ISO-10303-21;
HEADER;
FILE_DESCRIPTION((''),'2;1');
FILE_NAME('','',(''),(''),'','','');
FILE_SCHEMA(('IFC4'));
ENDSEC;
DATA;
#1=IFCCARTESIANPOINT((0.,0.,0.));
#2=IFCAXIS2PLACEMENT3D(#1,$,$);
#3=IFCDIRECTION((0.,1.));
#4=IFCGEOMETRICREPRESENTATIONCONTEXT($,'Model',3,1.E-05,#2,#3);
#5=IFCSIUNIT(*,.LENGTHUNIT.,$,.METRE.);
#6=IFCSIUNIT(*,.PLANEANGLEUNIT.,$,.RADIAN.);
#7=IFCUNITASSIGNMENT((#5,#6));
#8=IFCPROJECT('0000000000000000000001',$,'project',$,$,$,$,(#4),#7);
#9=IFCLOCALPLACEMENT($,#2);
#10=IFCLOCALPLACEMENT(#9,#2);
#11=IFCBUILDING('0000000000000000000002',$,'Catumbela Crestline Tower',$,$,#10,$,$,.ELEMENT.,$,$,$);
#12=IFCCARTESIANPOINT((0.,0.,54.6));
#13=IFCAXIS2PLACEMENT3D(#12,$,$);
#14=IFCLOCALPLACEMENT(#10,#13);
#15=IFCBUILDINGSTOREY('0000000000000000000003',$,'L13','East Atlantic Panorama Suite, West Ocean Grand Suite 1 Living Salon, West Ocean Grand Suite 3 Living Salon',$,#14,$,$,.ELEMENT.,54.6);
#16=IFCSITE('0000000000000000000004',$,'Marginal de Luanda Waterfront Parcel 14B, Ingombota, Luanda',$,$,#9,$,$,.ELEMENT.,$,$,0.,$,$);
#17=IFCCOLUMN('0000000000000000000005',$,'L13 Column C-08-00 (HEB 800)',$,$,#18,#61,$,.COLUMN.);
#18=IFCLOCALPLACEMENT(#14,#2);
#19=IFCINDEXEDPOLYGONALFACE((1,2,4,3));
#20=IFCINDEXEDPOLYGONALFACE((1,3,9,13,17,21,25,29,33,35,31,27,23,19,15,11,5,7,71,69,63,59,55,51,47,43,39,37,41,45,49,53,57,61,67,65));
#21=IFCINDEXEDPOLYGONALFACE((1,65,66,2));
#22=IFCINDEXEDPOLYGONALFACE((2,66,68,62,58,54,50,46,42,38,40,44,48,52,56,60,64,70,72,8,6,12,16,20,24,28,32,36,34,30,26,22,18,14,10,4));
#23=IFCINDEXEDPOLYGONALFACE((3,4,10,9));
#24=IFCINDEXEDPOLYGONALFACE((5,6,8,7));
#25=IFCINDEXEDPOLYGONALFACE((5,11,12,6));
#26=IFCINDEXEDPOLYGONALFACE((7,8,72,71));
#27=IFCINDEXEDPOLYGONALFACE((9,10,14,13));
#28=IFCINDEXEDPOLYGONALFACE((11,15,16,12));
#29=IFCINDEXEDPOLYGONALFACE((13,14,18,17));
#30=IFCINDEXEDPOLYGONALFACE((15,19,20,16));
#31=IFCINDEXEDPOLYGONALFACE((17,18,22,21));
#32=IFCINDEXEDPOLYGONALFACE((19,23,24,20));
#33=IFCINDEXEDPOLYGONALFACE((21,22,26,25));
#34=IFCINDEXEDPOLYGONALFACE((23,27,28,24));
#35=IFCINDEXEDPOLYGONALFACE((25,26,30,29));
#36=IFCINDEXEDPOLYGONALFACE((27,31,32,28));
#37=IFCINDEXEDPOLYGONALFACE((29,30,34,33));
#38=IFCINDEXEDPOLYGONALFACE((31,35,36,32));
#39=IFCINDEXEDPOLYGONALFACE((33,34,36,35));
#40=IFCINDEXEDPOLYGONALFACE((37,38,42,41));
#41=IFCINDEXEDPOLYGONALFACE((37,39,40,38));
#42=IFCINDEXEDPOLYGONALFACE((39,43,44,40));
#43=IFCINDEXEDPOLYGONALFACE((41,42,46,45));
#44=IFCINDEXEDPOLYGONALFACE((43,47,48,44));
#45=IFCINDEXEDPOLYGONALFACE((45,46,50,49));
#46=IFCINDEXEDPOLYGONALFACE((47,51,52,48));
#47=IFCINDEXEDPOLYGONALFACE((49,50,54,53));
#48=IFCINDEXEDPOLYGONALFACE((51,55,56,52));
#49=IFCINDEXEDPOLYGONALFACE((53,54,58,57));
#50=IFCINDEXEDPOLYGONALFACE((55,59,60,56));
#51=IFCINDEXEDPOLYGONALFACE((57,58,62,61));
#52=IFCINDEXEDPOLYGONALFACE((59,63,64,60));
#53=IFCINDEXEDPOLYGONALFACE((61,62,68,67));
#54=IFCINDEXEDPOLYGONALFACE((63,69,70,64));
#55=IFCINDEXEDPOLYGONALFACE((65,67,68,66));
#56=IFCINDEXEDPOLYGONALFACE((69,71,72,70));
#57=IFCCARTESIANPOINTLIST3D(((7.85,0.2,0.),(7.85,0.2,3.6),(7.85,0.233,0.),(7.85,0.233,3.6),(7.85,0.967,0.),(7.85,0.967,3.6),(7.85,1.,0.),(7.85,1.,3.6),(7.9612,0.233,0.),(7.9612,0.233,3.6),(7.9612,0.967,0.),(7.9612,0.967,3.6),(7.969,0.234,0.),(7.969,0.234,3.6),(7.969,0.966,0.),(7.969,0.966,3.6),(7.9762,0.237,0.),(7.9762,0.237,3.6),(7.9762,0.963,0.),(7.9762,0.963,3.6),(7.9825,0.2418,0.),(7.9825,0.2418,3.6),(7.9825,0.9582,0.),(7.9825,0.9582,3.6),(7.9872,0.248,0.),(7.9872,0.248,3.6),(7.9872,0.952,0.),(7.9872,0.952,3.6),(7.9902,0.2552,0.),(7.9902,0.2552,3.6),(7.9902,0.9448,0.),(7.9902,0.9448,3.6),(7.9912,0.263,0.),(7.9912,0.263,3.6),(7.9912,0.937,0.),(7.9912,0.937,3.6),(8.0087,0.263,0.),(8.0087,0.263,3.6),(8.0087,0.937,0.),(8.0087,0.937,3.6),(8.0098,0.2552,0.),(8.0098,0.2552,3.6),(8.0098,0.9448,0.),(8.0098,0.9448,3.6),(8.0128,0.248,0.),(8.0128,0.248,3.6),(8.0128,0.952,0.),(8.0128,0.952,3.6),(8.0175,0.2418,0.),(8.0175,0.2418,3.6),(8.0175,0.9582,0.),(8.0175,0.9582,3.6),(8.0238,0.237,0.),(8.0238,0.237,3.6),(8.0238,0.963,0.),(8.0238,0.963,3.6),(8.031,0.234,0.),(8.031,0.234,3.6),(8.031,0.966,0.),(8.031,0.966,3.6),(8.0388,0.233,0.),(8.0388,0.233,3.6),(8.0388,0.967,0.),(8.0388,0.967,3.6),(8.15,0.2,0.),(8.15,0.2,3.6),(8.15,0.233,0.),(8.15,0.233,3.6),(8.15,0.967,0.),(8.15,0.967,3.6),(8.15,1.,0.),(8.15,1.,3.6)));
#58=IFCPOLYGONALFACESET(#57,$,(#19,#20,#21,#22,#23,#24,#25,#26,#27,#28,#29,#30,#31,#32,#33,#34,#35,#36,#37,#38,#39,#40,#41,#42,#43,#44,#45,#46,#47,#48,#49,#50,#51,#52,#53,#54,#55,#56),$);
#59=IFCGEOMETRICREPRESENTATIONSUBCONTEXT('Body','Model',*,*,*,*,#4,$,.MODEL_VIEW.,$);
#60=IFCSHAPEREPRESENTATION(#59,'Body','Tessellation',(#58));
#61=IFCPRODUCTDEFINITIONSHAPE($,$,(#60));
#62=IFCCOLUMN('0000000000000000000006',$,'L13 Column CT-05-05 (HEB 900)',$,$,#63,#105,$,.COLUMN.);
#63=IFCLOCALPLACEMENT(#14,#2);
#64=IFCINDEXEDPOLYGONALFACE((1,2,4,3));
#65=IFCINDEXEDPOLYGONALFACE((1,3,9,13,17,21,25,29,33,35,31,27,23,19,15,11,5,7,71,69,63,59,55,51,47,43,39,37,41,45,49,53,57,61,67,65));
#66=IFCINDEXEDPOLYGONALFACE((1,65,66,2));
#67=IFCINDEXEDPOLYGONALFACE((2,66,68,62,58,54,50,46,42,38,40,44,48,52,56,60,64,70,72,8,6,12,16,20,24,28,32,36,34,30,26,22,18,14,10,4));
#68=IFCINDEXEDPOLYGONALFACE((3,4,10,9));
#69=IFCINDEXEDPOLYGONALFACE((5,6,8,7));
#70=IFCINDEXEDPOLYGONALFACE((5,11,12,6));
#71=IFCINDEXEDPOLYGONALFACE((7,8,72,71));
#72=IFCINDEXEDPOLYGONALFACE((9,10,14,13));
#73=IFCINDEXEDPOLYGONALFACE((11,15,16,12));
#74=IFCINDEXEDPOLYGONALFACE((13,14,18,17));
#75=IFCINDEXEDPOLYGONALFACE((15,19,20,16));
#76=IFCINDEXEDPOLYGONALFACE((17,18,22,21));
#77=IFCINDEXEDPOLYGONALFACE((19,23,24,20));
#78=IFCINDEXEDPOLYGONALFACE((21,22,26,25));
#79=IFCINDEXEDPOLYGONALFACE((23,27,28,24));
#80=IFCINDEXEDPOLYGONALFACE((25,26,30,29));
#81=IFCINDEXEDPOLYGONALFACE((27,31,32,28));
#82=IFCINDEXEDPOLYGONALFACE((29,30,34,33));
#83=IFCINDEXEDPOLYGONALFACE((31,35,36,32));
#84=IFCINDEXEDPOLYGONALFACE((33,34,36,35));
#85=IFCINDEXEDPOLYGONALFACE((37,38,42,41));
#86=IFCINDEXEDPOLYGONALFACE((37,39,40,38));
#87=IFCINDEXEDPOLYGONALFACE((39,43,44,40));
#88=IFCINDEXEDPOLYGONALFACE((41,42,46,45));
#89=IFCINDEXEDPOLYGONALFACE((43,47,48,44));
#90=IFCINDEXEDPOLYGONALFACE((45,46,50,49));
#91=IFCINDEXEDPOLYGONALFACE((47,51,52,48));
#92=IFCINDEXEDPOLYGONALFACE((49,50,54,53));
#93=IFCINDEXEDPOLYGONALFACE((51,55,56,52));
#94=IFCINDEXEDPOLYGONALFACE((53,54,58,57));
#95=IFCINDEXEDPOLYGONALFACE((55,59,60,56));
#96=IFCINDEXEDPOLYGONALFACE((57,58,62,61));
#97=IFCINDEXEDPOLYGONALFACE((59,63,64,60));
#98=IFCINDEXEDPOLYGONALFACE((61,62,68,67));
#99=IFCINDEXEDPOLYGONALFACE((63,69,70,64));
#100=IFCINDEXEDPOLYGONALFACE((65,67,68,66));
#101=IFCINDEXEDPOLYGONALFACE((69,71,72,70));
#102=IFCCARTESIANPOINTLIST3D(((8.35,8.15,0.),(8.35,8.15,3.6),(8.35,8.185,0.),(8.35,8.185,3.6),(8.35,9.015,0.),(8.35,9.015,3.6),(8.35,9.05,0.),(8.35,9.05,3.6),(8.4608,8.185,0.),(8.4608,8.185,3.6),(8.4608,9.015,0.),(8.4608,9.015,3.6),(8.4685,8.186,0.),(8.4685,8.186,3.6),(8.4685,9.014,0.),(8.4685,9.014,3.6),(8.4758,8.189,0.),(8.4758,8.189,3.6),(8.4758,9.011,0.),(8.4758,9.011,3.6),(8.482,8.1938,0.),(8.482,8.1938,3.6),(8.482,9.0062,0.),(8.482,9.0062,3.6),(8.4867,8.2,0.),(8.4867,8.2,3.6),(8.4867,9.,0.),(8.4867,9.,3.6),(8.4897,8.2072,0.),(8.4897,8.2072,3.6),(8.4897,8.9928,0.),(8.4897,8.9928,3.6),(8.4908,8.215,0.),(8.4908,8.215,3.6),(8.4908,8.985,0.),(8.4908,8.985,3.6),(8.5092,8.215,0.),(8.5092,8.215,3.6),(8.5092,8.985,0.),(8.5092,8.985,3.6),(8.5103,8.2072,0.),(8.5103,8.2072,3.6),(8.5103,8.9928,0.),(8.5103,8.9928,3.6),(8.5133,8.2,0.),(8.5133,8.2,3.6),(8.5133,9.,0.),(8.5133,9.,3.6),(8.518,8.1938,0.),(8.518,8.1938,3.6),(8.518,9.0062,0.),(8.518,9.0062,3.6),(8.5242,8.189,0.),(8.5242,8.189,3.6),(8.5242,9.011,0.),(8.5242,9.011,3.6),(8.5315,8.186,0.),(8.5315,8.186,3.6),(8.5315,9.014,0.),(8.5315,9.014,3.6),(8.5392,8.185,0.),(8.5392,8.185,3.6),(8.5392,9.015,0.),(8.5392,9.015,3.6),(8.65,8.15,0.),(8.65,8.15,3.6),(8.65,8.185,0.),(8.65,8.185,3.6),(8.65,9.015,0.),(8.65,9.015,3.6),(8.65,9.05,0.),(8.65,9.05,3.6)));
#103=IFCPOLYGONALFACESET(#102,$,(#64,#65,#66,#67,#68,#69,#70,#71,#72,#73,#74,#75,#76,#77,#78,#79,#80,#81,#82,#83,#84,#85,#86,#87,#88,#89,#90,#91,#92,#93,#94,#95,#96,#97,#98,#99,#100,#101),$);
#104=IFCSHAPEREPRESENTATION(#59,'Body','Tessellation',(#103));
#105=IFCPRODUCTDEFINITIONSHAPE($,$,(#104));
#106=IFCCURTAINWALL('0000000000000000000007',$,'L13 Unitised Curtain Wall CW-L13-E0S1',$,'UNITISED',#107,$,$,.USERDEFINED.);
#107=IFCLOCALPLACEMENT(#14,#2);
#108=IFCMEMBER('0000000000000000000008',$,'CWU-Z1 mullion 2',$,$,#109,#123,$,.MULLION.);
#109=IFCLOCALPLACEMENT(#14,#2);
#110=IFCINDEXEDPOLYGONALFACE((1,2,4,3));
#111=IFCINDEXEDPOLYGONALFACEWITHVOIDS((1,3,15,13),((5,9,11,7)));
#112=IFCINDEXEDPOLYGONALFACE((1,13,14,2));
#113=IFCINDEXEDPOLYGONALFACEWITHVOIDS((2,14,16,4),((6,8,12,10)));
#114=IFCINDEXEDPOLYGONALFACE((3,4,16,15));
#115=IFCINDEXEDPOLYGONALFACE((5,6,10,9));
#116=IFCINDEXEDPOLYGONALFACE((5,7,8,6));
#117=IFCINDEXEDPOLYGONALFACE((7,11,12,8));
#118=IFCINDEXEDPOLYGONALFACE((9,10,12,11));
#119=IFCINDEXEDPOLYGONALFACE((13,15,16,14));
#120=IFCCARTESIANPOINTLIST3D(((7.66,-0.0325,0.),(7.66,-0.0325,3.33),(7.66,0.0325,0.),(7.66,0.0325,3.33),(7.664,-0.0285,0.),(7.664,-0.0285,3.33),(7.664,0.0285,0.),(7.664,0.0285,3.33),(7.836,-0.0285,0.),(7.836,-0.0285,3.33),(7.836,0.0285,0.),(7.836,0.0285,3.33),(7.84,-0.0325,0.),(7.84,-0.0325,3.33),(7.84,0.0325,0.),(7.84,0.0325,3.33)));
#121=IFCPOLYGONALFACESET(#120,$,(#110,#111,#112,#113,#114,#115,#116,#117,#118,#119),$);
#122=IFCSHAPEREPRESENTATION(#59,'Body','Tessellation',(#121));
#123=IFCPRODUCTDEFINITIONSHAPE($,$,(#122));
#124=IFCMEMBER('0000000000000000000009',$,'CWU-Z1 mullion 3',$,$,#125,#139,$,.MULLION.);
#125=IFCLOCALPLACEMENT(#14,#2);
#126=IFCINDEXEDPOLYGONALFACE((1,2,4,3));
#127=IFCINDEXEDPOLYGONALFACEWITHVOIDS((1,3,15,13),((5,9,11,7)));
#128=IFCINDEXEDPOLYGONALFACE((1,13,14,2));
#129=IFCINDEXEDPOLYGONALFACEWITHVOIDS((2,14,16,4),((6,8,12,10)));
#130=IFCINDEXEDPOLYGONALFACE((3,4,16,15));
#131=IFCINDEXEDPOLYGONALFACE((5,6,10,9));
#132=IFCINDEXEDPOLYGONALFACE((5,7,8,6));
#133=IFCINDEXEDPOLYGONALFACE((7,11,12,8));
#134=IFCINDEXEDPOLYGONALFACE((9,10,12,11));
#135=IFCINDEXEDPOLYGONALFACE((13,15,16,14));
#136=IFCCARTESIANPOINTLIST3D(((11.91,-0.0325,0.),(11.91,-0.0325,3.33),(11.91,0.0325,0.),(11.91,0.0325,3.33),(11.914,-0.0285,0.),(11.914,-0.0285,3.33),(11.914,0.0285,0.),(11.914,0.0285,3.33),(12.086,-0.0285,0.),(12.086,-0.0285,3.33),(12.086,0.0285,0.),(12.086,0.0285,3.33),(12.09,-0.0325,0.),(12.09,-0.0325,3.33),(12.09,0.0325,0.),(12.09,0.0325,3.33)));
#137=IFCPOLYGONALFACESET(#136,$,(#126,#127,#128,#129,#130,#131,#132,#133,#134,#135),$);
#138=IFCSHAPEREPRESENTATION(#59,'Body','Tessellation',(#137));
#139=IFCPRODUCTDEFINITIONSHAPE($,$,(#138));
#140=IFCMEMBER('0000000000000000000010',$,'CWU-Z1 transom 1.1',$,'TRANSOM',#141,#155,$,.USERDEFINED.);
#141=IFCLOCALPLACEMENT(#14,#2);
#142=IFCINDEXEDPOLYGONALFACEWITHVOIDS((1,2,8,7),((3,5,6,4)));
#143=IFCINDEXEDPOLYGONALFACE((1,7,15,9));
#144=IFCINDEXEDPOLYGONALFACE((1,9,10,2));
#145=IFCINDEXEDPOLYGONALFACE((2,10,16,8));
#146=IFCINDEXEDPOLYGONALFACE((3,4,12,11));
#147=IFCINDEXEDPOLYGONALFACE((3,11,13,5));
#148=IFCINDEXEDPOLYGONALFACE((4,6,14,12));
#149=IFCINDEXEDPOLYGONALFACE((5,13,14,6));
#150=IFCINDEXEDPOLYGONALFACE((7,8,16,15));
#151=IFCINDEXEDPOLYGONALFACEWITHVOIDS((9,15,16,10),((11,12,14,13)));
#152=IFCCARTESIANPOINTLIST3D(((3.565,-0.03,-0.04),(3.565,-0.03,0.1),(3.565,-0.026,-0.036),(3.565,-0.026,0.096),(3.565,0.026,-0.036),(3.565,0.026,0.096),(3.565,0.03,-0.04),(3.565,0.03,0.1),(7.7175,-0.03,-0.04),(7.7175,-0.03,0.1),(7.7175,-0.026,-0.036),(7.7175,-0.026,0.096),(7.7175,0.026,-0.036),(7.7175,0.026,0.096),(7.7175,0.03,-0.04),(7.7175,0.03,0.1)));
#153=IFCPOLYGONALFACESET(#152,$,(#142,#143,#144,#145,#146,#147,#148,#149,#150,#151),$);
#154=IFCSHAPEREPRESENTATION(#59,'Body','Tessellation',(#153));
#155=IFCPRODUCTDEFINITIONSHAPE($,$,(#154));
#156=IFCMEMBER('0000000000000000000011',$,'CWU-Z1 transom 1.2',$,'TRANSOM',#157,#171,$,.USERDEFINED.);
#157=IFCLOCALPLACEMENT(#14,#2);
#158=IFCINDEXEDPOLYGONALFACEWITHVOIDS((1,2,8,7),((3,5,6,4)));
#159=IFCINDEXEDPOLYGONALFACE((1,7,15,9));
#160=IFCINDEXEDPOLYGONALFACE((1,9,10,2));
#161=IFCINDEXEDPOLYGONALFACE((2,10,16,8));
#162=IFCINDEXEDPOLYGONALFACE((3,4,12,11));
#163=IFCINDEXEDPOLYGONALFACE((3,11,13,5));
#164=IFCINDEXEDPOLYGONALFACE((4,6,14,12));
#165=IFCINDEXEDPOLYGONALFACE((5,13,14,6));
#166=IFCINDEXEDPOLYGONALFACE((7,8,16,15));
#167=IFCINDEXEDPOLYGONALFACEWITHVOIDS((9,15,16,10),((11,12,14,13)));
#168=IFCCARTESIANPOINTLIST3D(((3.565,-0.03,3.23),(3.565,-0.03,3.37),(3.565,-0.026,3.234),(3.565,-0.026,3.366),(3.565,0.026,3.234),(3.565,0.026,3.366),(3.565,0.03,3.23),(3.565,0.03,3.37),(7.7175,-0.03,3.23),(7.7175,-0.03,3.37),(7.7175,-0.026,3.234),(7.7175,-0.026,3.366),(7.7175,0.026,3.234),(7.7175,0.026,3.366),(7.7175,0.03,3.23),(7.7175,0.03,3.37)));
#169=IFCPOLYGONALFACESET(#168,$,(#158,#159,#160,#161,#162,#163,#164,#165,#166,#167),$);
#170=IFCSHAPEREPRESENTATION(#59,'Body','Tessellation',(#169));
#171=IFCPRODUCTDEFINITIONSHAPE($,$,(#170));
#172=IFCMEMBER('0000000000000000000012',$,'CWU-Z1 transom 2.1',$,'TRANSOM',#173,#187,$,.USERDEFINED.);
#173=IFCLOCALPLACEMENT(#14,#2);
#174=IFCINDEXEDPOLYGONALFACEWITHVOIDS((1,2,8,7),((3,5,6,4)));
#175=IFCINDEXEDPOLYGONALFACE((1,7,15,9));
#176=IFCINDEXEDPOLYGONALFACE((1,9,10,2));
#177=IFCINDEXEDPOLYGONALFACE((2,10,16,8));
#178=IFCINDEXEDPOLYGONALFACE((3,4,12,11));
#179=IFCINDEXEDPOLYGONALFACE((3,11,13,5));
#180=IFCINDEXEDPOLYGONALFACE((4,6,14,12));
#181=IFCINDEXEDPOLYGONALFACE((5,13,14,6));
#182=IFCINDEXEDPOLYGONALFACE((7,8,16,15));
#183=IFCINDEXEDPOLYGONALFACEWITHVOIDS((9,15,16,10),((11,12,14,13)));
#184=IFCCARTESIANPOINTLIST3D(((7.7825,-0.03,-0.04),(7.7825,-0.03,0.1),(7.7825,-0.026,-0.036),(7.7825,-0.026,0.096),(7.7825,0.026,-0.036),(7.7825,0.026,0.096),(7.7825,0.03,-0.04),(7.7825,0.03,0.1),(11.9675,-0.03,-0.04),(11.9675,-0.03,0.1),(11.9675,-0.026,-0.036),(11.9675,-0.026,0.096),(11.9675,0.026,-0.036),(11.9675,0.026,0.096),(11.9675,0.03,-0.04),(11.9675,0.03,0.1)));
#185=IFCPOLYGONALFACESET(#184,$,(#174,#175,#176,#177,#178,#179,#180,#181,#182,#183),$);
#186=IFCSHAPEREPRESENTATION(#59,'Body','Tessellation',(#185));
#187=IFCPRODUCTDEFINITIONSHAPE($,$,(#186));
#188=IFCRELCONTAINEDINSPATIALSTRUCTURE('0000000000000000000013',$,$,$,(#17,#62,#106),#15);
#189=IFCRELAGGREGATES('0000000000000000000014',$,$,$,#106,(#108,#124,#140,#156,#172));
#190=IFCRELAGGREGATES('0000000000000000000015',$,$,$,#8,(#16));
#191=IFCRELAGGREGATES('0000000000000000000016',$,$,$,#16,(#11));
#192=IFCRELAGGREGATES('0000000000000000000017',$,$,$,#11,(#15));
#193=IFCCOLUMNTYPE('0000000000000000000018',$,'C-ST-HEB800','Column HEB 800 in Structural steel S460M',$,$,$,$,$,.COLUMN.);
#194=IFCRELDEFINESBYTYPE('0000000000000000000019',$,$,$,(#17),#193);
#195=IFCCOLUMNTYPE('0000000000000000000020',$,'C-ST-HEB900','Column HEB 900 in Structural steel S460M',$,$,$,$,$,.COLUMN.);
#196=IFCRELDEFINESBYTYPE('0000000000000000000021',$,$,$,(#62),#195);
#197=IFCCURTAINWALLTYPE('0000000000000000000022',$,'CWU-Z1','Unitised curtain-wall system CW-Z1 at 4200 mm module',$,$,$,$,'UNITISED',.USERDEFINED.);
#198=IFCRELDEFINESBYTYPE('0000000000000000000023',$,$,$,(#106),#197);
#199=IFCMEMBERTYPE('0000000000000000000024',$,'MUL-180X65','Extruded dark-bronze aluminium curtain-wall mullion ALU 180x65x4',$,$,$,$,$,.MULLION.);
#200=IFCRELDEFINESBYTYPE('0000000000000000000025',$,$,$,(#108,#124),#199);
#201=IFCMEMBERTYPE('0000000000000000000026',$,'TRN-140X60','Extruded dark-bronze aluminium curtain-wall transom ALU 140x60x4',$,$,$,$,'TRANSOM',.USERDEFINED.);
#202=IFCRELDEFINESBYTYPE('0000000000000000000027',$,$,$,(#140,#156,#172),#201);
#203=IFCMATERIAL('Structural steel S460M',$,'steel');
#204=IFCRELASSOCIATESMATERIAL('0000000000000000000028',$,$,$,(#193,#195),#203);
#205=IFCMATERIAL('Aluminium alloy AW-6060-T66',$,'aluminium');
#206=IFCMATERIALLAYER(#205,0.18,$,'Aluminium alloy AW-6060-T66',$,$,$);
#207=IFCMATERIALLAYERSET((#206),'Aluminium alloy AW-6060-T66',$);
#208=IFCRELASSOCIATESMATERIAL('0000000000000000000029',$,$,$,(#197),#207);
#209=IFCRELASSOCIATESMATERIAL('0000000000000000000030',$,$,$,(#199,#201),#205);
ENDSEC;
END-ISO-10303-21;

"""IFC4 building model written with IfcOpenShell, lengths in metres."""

from ifc_helpers import new_model, si_unit, direction, frame, origin, origin_2d, place, context, subcontext, project, spatial, hollow_rectangle, i_section, extrude, material, layer, layer_set, material_profile, profile_set, type_object, element, aggregate, save


model = new_model("IFC4")

# Units and contexts
model_context = context("Model", 3, precision=1e-05, world=origin(), true_north=direction((0.0, 1.0)))
body_context = subcontext(model_context, "Body", "Model", "MODEL_VIEW")
ifc_project = project(units=[si_unit("LENGTHUNIT", "METRE"), si_unit("PLANEANGLEUNIT", "RADIAN")], contexts=[model_context])

# Site, building, storey
site_placement = place(None, origin())
site = spatial("IfcSite", under=ifc_project, at=site_placement, Name="Marginal de Luanda Waterfront Parcel 14B, Ingombota, Luanda", CompositionType="ELEMENT", RefElevation=0.0)
building_placement = place(site_placement, origin())
building = spatial("IfcBuilding", under=site, at=building_placement, Name="Catumbela Crestline Tower", CompositionType="ELEMENT")
storey_placement = place(building_placement, frame((0.0, 0.0, 54.6)))
storey = spatial("IfcBuildingStorey", under=building, at=storey_placement, Name="L13", Description="East Atlantic Panorama Suite, West Ocean Grand Suite 1 Living Salon, West Ocean Grand Suite 3 Living Salon", CompositionType="ELEMENT", Elevation=54.6)

# Columns
ifc_material_1 = material(Name="Structural steel S460M", Category="steel")
ifc_material_profile_1 = material_profile(ifc_material_1, i_section(OverallWidth=0.3, OverallDepth=0.8, WebThickness=0.0175, FlangeThickness=0.033, FilletRadius=0.03, at=origin_2d()), Name="HEB 800")
ifc_profile_set_1 = profile_set([ifc_material_profile_1], Name="Structural steel S460M")
column_type_1 = type_object("IfcColumnType", Name="C-ST-HEB800", Description="Column HEB 800 in Structural steel S460M", PredefinedType="COLUMN", material=ifc_profile_set_1)
column_1_placement = place(storey_placement, frame((8.0, 0.6, 0.0), z_axis=(0.0, 0.0, 1.0), x_axis=(1.0, 0.0, 0.0)))
element("IfcColumn", 1, at=column_1_placement, inside=storey, type_object=column_type_1, Name="L13 Column C-08-00 (HEB 800)", PredefinedType="COLUMN", context=body_context, shape_type="SweptSolid", body=[
    extrude(i_section(OverallWidth=0.3, OverallDepth=0.8, WebThickness=0.0175, FlangeThickness=0.033, FilletRadius=0.03, at=origin_2d()), origin(), (0.0, 0.0, 1.0), 3.6),
])
ifc_material_profile_2 = material_profile(ifc_material_1, i_section(OverallWidth=0.3, OverallDepth=0.9, WebThickness=0.0185, FlangeThickness=0.035, FilletRadius=0.03, at=origin_2d()), Name="HEB 900")
ifc_profile_set_2 = profile_set([ifc_material_profile_2], Name="Structural steel S460M")
column_type_2 = type_object("IfcColumnType", Name="C-ST-HEB900", Description="Column HEB 900 in Structural steel S460M", PredefinedType="COLUMN", material=ifc_profile_set_2)
column_2_placement = place(storey_placement, frame((8.5, 8.6, 0.0), z_axis=(0.0, 0.0, 1.0), x_axis=(1.0, 0.0, 0.0)))
element("IfcColumn", 2, at=column_2_placement, inside=storey, type_object=column_type_2, Name="L13 Column CT-05-05 (HEB 900)", PredefinedType="COLUMN", context=body_context, shape_type="SweptSolid", body=[
    extrude(i_section(OverallWidth=0.3, OverallDepth=0.9, WebThickness=0.0185, FlangeThickness=0.035, FilletRadius=0.03, at=origin_2d()), origin(), (0.0, 0.0, 1.0), 3.6),
])

# Curtain wall, members
ifc_material_2 = material(Name="Aluminium alloy AW-6060-T66", Category="aluminium")
ifc_layer_1 = layer(ifc_material_2, 0.18, Name="Aluminium alloy AW-6060-T66")
ifc_layer_set_1 = layer_set([ifc_layer_1], Name="Aluminium alloy AW-6060-T66")
curtain_wall_type = type_object("IfcCurtainWallType", Name="CWU-Z1", Description="Unitised curtain-wall system CW-Z1 at 4200 mm module", ElementType="UNITISED", PredefinedType="USERDEFINED", material=ifc_layer_set_1)
curtain_wall_placement = place(storey_placement, origin())
curtain_wall = element("IfcCurtainWall", 3, at=curtain_wall_placement, inside=storey, type_object=curtain_wall_type, Name="L13 Unitised Curtain Wall CW-L13-E0S1", ObjectType="UNITISED", PredefinedType="USERDEFINED")
ifc_material_profile_3 = material_profile(ifc_material_2, hollow_rectangle(XDim=0.065, YDim=0.18, WallThickness=0.004, at=origin_2d()), Name="ALU 180x65x4")
ifc_profile_set_3 = profile_set([ifc_material_profile_3], Name="Aluminium alloy AW-6060-T66")
member_type_1 = type_object("IfcMemberType", Name="MUL-180X65", Description="Extruded dark-bronze aluminium curtain-wall mullion ALU 180x65x4", PredefinedType="MULLION", material=ifc_profile_set_3)
member_1_placement = place(storey_placement, frame((7.75, 0.0, 0.0), z_axis=(0.0, 0.0, 1.0), x_axis=(0.0, 1.0, 0.0)))
member_1 = element("IfcMember", 4, at=member_1_placement, type_object=member_type_1, Name="CWU-Z1 mullion 2", PredefinedType="MULLION", context=body_context, shape_type="SweptSolid", body=[
    extrude(hollow_rectangle(XDim=0.065, YDim=0.18, WallThickness=0.004, at=origin_2d()), origin(), (0.0, 0.0, 1.0), 3.33),
])
member_2_placement = place(storey_placement, frame((12.0, 0.0, 0.0), z_axis=(0.0, 0.0, 1.0), x_axis=(0.0, 1.0, 0.0)))
member_2 = element("IfcMember", 5, at=member_2_placement, type_object=member_type_1, Name="CWU-Z1 mullion 3", PredefinedType="MULLION", context=body_context, shape_type="SweptSolid", body=[
    extrude(hollow_rectangle(XDim=0.065, YDim=0.18, WallThickness=0.004, at=origin_2d()), origin(), (0.0, 0.0, 1.0), 3.33),
])
ifc_material_profile_4 = material_profile(ifc_material_2, hollow_rectangle(XDim=0.06, YDim=0.14, WallThickness=0.004, at=origin_2d()), Name="ALU 140x60x4")
ifc_profile_set_4 = profile_set([ifc_material_profile_4], Name="Aluminium alloy AW-6060-T66")
member_type_2 = type_object("IfcMemberType", Name="TRN-140X60", Description="Extruded dark-bronze aluminium curtain-wall transom ALU 140x60x4", ElementType="TRANSOM", PredefinedType="USERDEFINED", material=ifc_profile_set_4)
member_3_placement = place(storey_placement, frame((3.565, 0.0, 0.03), z_axis=(1.0, 0.0, 0.0), x_axis=(0.0, 1.0, 0.0)))
member_3 = element("IfcMember", 6, at=member_3_placement, type_object=member_type_2, Name="CWU-Z1 transom 1.1", ObjectType="TRANSOM", PredefinedType="USERDEFINED", context=body_context, shape_type="SweptSolid", body=[
    extrude(hollow_rectangle(XDim=0.06, YDim=0.14, WallThickness=0.004, at=origin_2d()), origin(), (0.0, 0.0, 1.0), 4.1525),
])
member_4_placement = place(storey_placement, frame((3.565, 0.0, 3.3), z_axis=(1.0, 0.0, 0.0), x_axis=(0.0, 1.0, 0.0)))
member_4 = element("IfcMember", 7, at=member_4_placement, type_object=member_type_2, Name="CWU-Z1 transom 1.2", ObjectType="TRANSOM", PredefinedType="USERDEFINED", context=body_context, shape_type="SweptSolid", body=[
    extrude(hollow_rectangle(XDim=0.06, YDim=0.14, WallThickness=0.004, at=origin_2d()), origin(), (0.0, 0.0, 1.0), 4.1525),
])
member_5_placement = place(storey_placement, frame((7.7825, 0.0, 0.03), z_axis=(1.0, 0.0, 0.0), x_axis=(0.0, 1.0, 0.0)))
member_5 = element("IfcMember", 8, at=member_5_placement, type_object=member_type_2, Name="CWU-Z1 transom 2.1", ObjectType="TRANSOM", PredefinedType="USERDEFINED", context=body_context, shape_type="SweptSolid", body=[
    extrude(hollow_rectangle(XDim=0.06, YDim=0.14, WallThickness=0.004, at=origin_2d()), origin(), (0.0, 0.0, 1.0), 4.185),
])
aggregate(curtain_wall, [member_1, member_2, member_3, member_4, member_5])

save(model, "model.ifc")
